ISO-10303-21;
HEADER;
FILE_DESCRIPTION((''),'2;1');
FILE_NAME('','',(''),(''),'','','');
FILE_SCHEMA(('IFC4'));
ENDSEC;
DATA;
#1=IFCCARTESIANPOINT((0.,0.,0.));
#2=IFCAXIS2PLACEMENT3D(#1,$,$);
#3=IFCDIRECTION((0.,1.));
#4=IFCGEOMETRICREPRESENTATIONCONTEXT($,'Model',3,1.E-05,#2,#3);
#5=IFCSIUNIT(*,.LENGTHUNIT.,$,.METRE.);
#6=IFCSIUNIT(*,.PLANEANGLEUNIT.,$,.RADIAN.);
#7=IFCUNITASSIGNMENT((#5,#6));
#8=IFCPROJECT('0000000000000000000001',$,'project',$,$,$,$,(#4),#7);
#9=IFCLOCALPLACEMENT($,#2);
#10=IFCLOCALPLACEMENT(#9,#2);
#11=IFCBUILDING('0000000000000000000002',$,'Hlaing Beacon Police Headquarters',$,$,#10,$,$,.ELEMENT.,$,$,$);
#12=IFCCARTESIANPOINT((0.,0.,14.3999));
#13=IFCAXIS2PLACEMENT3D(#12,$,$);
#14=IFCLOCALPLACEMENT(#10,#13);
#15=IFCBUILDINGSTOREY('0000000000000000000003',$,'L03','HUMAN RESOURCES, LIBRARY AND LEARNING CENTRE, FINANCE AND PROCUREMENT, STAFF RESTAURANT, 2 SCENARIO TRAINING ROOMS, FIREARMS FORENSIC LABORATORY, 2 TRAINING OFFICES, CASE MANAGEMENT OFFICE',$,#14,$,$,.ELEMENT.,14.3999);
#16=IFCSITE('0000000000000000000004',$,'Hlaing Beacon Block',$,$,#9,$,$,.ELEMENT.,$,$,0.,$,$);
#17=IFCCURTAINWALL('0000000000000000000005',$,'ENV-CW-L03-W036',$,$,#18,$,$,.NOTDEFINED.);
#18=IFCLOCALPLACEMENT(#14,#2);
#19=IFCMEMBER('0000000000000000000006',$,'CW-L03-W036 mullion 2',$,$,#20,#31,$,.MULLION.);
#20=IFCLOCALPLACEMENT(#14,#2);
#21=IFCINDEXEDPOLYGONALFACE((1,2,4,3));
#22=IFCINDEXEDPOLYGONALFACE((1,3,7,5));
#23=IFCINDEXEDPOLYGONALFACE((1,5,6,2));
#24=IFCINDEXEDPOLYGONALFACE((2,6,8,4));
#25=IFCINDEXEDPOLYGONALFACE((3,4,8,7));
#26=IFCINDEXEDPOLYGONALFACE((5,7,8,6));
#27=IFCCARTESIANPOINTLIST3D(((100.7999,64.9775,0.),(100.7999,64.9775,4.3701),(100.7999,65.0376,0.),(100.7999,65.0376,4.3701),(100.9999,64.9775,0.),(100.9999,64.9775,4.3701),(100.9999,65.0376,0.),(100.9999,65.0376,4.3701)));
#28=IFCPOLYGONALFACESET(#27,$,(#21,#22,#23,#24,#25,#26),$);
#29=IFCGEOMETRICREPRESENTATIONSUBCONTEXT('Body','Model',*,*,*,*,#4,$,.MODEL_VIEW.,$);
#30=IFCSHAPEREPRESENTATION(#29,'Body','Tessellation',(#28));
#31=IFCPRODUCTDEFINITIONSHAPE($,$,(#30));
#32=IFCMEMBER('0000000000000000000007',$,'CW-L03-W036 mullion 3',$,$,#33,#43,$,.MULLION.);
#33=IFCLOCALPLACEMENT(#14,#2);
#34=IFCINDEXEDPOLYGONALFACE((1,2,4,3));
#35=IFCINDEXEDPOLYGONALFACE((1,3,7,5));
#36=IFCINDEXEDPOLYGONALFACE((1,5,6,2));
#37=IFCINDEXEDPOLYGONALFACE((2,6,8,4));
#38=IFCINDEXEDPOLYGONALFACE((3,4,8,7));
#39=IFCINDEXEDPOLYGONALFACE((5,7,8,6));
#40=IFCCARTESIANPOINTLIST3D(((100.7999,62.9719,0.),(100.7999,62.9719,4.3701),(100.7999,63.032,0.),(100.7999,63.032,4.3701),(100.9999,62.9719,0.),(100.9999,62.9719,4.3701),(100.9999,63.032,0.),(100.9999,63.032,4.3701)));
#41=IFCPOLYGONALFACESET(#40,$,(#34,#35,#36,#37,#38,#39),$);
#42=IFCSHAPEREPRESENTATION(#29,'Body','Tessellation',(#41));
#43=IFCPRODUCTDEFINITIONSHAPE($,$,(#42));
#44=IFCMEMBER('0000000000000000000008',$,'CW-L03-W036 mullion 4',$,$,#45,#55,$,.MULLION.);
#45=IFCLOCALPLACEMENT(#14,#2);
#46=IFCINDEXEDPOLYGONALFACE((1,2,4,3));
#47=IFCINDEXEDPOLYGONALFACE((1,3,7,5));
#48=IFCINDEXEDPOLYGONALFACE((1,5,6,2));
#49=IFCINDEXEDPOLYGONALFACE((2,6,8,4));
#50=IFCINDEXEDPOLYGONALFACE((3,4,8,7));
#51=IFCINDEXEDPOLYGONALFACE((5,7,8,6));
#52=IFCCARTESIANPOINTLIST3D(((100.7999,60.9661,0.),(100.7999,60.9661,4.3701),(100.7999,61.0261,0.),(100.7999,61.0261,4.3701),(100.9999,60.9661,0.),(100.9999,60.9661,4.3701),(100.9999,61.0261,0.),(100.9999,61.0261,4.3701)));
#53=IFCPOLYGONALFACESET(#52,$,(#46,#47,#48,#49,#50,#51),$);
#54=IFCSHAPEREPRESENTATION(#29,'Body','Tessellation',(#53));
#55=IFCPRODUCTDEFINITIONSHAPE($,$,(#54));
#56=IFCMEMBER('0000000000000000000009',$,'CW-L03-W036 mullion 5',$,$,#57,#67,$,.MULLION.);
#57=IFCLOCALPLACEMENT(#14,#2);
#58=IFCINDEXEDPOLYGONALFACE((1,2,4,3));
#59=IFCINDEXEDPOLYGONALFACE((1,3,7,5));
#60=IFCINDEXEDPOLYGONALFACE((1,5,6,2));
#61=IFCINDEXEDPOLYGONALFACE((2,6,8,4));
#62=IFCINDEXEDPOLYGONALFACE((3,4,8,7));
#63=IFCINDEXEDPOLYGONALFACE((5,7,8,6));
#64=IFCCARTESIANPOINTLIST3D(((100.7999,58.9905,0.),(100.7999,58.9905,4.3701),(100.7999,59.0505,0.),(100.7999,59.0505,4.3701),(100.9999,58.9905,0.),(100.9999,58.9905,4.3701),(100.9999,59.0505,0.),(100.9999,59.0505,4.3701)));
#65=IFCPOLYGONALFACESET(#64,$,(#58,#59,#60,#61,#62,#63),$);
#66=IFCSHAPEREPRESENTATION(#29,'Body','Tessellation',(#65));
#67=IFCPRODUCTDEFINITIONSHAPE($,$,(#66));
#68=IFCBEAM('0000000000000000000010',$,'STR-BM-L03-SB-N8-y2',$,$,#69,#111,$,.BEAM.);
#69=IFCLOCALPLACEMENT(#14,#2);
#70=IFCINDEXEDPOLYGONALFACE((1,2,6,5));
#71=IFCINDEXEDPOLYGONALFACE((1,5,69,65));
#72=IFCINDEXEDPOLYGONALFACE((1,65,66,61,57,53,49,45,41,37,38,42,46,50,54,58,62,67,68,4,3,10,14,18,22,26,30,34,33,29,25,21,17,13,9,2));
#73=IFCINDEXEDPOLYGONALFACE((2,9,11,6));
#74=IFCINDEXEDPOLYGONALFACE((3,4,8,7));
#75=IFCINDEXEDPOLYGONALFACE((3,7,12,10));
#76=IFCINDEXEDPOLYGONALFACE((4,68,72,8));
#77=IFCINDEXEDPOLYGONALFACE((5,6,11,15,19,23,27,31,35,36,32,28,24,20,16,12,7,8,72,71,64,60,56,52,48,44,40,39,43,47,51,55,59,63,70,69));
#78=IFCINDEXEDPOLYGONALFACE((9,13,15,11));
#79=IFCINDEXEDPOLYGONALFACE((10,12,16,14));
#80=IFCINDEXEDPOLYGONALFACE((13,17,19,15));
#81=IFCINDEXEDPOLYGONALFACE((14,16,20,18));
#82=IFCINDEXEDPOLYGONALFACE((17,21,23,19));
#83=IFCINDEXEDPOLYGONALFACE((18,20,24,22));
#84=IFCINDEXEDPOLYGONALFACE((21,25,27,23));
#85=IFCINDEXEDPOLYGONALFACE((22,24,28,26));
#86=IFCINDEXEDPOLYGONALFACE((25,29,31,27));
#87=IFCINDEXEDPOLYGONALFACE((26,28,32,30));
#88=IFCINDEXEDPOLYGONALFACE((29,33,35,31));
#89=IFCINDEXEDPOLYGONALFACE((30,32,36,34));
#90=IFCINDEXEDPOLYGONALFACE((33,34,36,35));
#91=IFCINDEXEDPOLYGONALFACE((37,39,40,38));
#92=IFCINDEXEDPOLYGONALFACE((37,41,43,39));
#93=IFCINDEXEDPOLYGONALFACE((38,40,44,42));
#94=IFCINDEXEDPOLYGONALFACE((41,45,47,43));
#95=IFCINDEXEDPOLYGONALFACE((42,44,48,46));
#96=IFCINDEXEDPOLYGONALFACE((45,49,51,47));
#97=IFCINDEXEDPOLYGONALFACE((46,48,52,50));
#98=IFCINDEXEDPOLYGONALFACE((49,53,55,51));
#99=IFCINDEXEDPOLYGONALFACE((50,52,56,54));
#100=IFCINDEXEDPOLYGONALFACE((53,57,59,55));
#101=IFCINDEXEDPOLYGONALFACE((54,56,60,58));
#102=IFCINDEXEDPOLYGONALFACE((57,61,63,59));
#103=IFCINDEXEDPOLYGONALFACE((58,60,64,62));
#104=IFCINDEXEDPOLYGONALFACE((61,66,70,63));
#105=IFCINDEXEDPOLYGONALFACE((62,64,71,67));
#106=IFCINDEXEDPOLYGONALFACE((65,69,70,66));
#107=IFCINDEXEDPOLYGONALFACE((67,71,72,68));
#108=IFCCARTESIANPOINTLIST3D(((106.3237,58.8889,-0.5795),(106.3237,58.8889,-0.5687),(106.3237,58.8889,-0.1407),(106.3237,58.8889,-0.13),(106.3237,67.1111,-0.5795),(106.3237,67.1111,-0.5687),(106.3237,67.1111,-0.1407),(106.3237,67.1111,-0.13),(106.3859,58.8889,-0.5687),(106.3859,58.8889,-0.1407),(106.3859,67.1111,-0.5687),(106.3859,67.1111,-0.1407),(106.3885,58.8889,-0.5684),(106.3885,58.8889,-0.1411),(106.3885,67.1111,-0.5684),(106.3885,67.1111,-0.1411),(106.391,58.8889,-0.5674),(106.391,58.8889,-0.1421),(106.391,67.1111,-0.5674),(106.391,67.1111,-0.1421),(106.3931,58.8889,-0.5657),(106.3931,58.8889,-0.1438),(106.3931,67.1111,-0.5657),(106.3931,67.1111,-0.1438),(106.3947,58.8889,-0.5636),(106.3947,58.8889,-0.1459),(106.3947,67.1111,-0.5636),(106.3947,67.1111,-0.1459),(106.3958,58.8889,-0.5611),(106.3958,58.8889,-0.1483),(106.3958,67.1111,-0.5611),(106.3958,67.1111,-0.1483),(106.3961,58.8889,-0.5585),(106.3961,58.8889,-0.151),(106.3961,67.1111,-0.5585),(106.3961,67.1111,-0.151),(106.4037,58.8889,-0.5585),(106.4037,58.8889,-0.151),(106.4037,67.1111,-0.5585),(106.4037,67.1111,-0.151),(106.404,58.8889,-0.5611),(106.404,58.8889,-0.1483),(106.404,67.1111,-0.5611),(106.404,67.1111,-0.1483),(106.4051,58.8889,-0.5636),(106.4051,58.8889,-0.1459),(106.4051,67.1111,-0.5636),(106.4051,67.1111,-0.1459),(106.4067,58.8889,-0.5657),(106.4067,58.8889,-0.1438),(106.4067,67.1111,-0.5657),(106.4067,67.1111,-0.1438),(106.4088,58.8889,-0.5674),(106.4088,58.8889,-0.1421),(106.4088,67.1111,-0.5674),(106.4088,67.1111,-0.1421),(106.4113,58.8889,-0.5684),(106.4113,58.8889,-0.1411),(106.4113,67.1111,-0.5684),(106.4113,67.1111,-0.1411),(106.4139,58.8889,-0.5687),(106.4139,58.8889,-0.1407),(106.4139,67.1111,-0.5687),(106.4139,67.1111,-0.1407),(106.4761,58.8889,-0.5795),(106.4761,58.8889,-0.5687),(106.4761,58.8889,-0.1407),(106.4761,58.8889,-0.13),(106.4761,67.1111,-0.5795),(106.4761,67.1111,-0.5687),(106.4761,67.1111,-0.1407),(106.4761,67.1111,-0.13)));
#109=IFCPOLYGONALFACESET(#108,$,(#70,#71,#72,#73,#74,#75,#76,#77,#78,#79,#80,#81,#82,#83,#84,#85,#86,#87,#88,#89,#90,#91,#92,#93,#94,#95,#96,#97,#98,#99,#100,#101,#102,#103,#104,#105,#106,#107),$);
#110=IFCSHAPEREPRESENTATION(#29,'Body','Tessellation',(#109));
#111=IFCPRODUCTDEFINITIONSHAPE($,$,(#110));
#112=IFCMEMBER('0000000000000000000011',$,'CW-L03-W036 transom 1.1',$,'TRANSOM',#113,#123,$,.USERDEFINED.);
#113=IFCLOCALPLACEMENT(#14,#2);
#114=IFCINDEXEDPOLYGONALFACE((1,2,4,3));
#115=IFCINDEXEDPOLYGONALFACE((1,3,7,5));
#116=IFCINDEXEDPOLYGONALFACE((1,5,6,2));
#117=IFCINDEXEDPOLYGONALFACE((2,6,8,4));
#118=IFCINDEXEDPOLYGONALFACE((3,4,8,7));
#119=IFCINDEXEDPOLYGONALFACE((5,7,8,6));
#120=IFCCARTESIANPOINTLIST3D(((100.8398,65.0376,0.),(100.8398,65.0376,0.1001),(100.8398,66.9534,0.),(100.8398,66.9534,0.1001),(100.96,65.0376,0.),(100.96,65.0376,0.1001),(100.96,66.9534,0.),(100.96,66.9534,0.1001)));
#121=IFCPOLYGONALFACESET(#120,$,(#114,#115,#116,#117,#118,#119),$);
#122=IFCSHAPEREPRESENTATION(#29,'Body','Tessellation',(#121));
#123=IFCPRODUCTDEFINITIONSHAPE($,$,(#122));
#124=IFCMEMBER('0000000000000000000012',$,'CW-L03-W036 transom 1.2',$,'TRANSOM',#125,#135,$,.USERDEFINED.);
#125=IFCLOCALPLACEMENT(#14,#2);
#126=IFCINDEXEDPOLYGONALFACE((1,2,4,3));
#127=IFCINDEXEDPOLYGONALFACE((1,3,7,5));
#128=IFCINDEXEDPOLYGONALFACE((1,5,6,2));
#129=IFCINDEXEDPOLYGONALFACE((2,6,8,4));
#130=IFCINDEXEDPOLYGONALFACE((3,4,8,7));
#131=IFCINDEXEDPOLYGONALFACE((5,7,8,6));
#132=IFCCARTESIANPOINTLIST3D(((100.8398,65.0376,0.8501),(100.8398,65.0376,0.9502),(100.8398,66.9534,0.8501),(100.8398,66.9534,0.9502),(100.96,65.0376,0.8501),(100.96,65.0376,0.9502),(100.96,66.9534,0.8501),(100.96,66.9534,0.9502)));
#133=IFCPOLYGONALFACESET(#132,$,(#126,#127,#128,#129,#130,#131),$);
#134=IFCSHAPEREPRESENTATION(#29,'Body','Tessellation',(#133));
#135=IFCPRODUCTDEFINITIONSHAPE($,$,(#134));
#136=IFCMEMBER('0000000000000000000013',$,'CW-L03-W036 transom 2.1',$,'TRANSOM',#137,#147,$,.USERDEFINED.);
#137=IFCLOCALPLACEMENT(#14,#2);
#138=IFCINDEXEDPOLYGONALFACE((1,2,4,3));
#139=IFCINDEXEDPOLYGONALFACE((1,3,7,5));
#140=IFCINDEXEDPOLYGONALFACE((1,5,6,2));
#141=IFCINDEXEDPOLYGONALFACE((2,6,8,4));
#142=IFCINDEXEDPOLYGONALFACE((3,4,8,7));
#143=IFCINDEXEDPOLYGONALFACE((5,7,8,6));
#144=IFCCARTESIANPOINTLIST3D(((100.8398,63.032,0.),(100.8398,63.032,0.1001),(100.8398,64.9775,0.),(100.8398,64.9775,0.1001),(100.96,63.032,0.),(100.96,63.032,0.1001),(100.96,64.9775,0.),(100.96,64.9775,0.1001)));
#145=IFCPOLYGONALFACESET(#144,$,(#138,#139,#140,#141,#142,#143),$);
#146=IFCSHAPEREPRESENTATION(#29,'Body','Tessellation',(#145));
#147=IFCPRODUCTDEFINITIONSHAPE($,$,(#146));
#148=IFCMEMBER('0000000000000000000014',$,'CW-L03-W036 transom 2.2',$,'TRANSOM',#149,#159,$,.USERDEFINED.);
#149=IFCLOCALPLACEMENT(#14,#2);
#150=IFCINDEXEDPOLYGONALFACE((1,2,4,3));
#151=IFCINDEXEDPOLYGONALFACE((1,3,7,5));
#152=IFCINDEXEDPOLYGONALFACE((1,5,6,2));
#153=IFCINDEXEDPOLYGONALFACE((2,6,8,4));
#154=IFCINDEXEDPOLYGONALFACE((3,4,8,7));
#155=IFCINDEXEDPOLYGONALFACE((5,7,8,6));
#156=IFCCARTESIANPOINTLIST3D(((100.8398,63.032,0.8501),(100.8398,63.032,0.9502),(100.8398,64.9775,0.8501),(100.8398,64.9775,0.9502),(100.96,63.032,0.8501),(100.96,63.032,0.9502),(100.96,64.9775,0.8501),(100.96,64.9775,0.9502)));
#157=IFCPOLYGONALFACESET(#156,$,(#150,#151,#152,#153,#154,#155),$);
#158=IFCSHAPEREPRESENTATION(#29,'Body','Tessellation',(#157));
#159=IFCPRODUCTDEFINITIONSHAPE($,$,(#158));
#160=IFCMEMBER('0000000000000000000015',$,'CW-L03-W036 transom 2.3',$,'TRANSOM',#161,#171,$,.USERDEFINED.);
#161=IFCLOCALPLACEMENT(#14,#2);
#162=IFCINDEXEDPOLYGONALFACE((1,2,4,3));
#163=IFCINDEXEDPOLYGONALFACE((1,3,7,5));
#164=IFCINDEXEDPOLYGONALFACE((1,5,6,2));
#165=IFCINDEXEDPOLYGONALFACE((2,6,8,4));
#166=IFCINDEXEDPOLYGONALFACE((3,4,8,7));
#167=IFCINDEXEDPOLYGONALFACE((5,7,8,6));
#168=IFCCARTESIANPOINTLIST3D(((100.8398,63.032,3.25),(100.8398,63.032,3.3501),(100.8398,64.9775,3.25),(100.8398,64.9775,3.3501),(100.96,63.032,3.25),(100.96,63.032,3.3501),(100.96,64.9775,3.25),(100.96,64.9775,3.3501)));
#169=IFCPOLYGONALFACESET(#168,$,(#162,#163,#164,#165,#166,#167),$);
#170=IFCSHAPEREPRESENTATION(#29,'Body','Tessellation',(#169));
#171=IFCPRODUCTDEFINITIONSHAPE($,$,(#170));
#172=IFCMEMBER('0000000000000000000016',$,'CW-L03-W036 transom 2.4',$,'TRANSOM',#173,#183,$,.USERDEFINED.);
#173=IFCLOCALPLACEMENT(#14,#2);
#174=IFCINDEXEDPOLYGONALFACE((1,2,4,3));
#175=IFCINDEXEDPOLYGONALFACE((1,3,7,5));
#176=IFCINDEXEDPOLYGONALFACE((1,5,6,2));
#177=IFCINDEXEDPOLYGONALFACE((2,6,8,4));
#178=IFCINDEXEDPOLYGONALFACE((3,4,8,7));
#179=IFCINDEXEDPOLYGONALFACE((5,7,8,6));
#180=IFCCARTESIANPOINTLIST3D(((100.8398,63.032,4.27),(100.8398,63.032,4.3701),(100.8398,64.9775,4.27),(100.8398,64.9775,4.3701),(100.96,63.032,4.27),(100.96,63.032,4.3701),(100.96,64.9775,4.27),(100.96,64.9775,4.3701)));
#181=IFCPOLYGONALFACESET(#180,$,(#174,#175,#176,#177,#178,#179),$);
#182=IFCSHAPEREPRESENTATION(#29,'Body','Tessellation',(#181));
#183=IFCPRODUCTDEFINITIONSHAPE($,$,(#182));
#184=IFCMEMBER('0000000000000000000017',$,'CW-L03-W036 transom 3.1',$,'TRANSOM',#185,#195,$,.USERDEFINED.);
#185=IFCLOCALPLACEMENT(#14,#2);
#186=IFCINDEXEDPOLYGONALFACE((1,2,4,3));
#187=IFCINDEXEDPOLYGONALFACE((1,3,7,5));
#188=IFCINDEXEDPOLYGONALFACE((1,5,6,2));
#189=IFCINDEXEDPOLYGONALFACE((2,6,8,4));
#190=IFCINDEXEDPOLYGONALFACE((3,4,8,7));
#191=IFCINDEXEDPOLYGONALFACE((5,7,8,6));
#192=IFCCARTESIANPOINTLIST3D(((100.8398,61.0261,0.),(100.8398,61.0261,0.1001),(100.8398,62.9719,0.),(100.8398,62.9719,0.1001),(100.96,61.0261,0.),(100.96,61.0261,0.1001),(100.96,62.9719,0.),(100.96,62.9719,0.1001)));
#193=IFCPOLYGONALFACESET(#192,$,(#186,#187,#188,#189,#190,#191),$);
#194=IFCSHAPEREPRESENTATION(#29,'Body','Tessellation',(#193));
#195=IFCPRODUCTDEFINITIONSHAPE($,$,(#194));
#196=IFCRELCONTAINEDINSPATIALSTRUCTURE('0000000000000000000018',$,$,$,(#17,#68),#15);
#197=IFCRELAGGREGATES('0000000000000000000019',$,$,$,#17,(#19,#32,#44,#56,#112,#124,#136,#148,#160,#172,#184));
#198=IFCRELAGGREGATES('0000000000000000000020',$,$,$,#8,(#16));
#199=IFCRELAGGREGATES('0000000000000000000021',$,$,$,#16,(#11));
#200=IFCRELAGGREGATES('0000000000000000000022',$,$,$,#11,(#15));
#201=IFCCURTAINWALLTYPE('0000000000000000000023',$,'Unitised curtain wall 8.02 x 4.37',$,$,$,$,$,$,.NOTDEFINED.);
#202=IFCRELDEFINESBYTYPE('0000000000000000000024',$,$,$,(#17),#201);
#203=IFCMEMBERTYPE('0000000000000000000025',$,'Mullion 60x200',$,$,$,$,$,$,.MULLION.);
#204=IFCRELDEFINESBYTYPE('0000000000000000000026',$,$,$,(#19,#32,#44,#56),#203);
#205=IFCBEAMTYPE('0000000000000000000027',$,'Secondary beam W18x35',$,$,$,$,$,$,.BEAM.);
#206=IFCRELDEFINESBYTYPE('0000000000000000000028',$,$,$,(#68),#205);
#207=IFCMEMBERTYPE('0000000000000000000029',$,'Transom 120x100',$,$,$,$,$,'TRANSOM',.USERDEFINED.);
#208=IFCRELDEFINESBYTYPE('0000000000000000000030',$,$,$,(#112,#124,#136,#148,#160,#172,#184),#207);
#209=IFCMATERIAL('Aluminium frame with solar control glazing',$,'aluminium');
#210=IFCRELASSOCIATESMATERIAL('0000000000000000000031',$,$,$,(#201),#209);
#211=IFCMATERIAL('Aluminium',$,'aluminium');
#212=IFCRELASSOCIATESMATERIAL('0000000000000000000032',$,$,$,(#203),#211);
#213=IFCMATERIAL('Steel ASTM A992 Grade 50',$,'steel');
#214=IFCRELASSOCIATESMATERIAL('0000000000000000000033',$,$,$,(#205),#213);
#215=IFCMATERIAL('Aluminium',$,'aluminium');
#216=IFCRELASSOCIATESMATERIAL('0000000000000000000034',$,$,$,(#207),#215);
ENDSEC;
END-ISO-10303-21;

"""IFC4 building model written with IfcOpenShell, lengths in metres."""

from ifc_helpers import new_model, si_unit, direction, frame, origin, origin_2d, place, context, subcontext, project, spatial, rectangle, i_section, extrude, material, material_profile, profile_set, type_object, element, aggregate, save


model = new_model("IFC4")

# Units and contexts
model_context = context("Model", 3, precision=1e-05, world=origin(), true_north=direction((0.0, 1.0)))
body_context = subcontext(model_context, "Body", "Model", "MODEL_VIEW")
ifc_project = project(units=[si_unit("LENGTHUNIT", "METRE"), si_unit("PLANEANGLEUNIT", "RADIAN")], contexts=[model_context])

# Site, building, storey
site_placement = place(None, origin())
site = spatial("IfcSite", under=ifc_project, at=site_placement, Name="Hlaing Beacon Block", CompositionType="ELEMENT", RefElevation=0.0)
building_placement = place(site_placement, origin())
building = spatial("IfcBuilding", under=site, at=building_placement, Name="Hlaing Beacon Police Headquarters", CompositionType="ELEMENT")
storey_placement = place(building_placement, frame((0.0, 0.0, 14.3999)))
storey = spatial("IfcBuildingStorey", under=building, at=storey_placement, Name="L03", Description="HUMAN RESOURCES, LIBRARY AND LEARNING CENTRE, FINANCE AND PROCUREMENT, STAFF RESTAURANT, 2 SCENARIO TRAINING ROOMS, FIREARMS FORENSIC LABORATORY, 2 TRAINING OFFICES, CASE MANAGEMENT OFFICE", CompositionType="ELEMENT", Elevation=14.3999)

# Curtain wall, members
ifc_material_1 = material(Name="Aluminium frame with solar control glazing", Category="aluminium")
curtain_wall_type = type_object("IfcCurtainWallType", Name="Unitised curtain wall 8.02 x 4.37", PredefinedType="NOTDEFINED", material=ifc_material_1)
curtain_wall_placement = place(storey_placement, origin())
curtain_wall = element("IfcCurtainWall", 1, at=curtain_wall_placement, inside=storey, type_object=curtain_wall_type, Name="ENV-CW-L03-W036", PredefinedType="NOTDEFINED")
ifc_material_2 = material(Name="Aluminium", Category="aluminium")
ifc_material_profile_1 = material_profile(ifc_material_2, rectangle(XDim=0.2, YDim=0.0601, at=origin_2d()), Name="Mullion 60x200")
ifc_profile_set_1 = profile_set([ifc_material_profile_1], Name="Aluminium")
member_type_1 = type_object("IfcMemberType", Name="Mullion 60x200", PredefinedType="MULLION", material=ifc_profile_set_1)
member_1_placement = place(storey_placement, frame((100.8999, 65.0076, 0.0), z_axis=(0.0, 0.0, 1.0), x_axis=(1.0, 0.0, 0.0)))
member_1 = element("IfcMember", 2, at=member_1_placement, type_object=member_type_1, Name="CW-L03-W036 mullion 2", PredefinedType="MULLION", context=body_context, shape_type="SweptSolid", body=[
    extrude(rectangle(XDim=0.2, YDim=0.0601, at=origin_2d()), origin(), (0.0, 0.0, 1.0), 4.3701),
])
member_2_placement = place(storey_placement, frame((100.8999, 63.002, 0.0), z_axis=(0.0, 0.0, 1.0), x_axis=(1.0, 0.0, 0.0)))
member_2 = element("IfcMember", 3, at=member_2_placement, type_object=member_type_1, Name="CW-L03-W036 mullion 3", PredefinedType="MULLION", context=body_context, shape_type="SweptSolid", body=[
    extrude(rectangle(XDim=0.2, YDim=0.0601, at=origin_2d()), origin(), (0.0, 0.0, 1.0), 4.3701),
])
member_3_placement = place(storey_placement, frame((100.8999, 60.9961, 0.0), z_axis=(0.0, 0.0, 1.0), x_axis=(1.0, 0.0, 0.0)))
member_3 = element("IfcMember", 4, at=member_3_placement, type_object=member_type_1, Name="CW-L03-W036 mullion 4", PredefinedType="MULLION", context=body_context, shape_type="SweptSolid", body=[
    extrude(rectangle(XDim=0.2, YDim=0.0601, at=origin_2d()), origin(), (0.0, 0.0, 1.0), 4.3701),
])
member_4_placement = place(storey_placement, frame((100.8999, 59.0205, 0.0), z_axis=(0.0, 0.0, 1.0), x_axis=(1.0, 0.0, 0.0)))
member_4 = element("IfcMember", 5, at=member_4_placement, type_object=member_type_1, Name="CW-L03-W036 mullion 5", PredefinedType="MULLION", context=body_context, shape_type="SweptSolid", body=[
    extrude(rectangle(XDim=0.2, YDim=0.0601, at=origin_2d()), origin(), (0.0, 0.0, 1.0), 4.3701),
])

# Beam
ifc_material_3 = material(Name="Steel ASTM A992 Grade 50", Category="steel")
ifc_material_profile_2 = material_profile(ifc_material_3, i_section(OverallWidth=0.1523, OverallDepth=0.4495, WebThickness=0.0076, FlangeThickness=0.0107, FilletRadius=0.0103, at=origin_2d()), Name="W18x35")
ifc_profile_set_2 = profile_set([ifc_material_profile_2], Name="Steel ASTM A992 Grade 50")
beam_type = type_object("IfcBeamType", Name="Secondary beam W18x35", PredefinedType="BEAM", material=ifc_profile_set_2)
beam_placement = place(storey_placement, frame((106.3999, 58.8889, -0.3547), z_axis=(0.0, 1.0, 0.0), x_axis=(-1.0, 0.0, 0.0)))
element("IfcBeam", 6, at=beam_placement, inside=storey, type_object=beam_type, Name="STR-BM-L03-SB-N8-y2", PredefinedType="BEAM", context=body_context, shape_type="SweptSolid", body=[
    extrude(i_section(OverallWidth=0.1523, OverallDepth=0.4495, WebThickness=0.0076, FlangeThickness=0.0107, FilletRadius=0.0103, at=origin_2d()), origin(), (0.0, 0.0, 1.0), 8.2222),
])

# Members
ifc_material_4 = material(Name="Aluminium", Category="aluminium")
ifc_material_profile_3 = material_profile(ifc_material_4, rectangle(XDim=0.1201, YDim=0.1001, at=origin_2d()), Name="Transom 120x100")
ifc_profile_set_3 = profile_set([ifc_material_profile_3], Name="Aluminium")
member_type_2 = type_object("IfcMemberType", Name="Transom 120x100", ElementType="TRANSOM", PredefinedType="USERDEFINED", material=ifc_profile_set_3)
member_5_placement = place(storey_placement, frame((100.8999, 66.9534, 0.05), z_axis=(0.0, -1.0, 0.0), x_axis=(1.0, 0.0, 0.0)))
member_5 = element("IfcMember", 7, at=member_5_placement, type_object=member_type_2, Name="CW-L03-W036 transom 1.1", ObjectType="TRANSOM", PredefinedType="USERDEFINED", context=body_context, shape_type="SweptSolid", body=[
    extrude(rectangle(XDim=0.1201, YDim=0.1001, at=origin_2d()), origin(), (0.0, 0.0, 1.0), 1.9158),
])
member_6_placement = place(storey_placement, frame((100.8999, 66.9534, 0.9001), z_axis=(0.0, -1.0, 0.0), x_axis=(1.0, 0.0, 0.0)))
member_6 = element("IfcMember", 8, at=member_6_placement, type_object=member_type_2, Name="CW-L03-W036 transom 1.2", ObjectType="TRANSOM", PredefinedType="USERDEFINED", context=body_context, shape_type="SweptSolid", body=[
    extrude(rectangle(XDim=0.1201, YDim=0.1001, at=origin_2d()), origin(), (0.0, 0.0, 1.0), 1.9158),
])
member_7_placement = place(storey_placement, frame((100.8999, 64.9775, 0.05), z_axis=(0.0, -1.0, 0.0), x_axis=(1.0, 0.0, 0.0)))
member_7 = element("IfcMember", 9, at=member_7_placement, type_object=member_type_2, Name="CW-L03-W036 transom 2.1", ObjectType="TRANSOM", PredefinedType="USERDEFINED", context=body_context, shape_type="SweptSolid", body=[
    extrude(rectangle(XDim=0.1201, YDim=0.1001, at=origin_2d()), origin(), (0.0, 0.0, 1.0), 1.9456),
])
member_8_placement = place(storey_placement, frame((100.8999, 64.9775, 0.9001), z_axis=(0.0, -1.0, 0.0), x_axis=(1.0, 0.0, 0.0)))
member_8 = element("IfcMember", 10, at=member_8_placement, type_object=member_type_2, Name="CW-L03-W036 transom 2.2", ObjectType="TRANSOM", PredefinedType="USERDEFINED", context=body_context, shape_type="SweptSolid", body=[
    extrude(rectangle(XDim=0.1201, YDim=0.1001, at=origin_2d()), origin(), (0.0, 0.0, 1.0), 1.9456),
])
member_9_placement = place(storey_placement, frame((100.8999, 64.9775, 3.3), z_axis=(0.0, -1.0, 0.0), x_axis=(1.0, 0.0, 0.0)))
member_9 = element("IfcMember", 11, at=member_9_placement, type_object=member_type_2, Name="CW-L03-W036 transom 2.3", ObjectType="TRANSOM", PredefinedType="USERDEFINED", context=body_context, shape_type="SweptSolid", body=[
    extrude(rectangle(XDim=0.1201, YDim=0.1001, at=origin_2d()), origin(), (0.0, 0.0, 1.0), 1.9456),
])
member_10_placement = place(storey_placement, frame((100.8999, 64.9775, 4.3201), z_axis=(0.0, -1.0, 0.0), x_axis=(1.0, 0.0, 0.0)))
member_10 = element("IfcMember", 12, at=member_10_placement, type_object=member_type_2, Name="CW-L03-W036 transom 2.4", ObjectType="TRANSOM", PredefinedType="USERDEFINED", context=body_context, shape_type="SweptSolid", body=[
    extrude(rectangle(XDim=0.1201, YDim=0.1001, at=origin_2d()), origin(), (0.0, 0.0, 1.0), 1.9456),
])
member_11_placement = place(storey_placement, frame((100.8999, 62.9719, 0.05), z_axis=(0.0, -1.0, 0.0), x_axis=(1.0, 0.0, 0.0)))
member_11 = element("IfcMember", 13, at=member_11_placement, type_object=member_type_2, Name="CW-L03-W036 transom 3.1", ObjectType="TRANSOM", PredefinedType="USERDEFINED", context=body_context, shape_type="SweptSolid", body=[
    extrude(rectangle(XDim=0.1201, YDim=0.1001, at=origin_2d()), origin(), (0.0, 0.0, 1.0), 1.9458),
])

aggregate(curtain_wall, [member_1, member_2, member_3, member_4, member_5, member_6, member_7, member_8, member_9, member_10, member_11])

save(model, "model.ifc")
